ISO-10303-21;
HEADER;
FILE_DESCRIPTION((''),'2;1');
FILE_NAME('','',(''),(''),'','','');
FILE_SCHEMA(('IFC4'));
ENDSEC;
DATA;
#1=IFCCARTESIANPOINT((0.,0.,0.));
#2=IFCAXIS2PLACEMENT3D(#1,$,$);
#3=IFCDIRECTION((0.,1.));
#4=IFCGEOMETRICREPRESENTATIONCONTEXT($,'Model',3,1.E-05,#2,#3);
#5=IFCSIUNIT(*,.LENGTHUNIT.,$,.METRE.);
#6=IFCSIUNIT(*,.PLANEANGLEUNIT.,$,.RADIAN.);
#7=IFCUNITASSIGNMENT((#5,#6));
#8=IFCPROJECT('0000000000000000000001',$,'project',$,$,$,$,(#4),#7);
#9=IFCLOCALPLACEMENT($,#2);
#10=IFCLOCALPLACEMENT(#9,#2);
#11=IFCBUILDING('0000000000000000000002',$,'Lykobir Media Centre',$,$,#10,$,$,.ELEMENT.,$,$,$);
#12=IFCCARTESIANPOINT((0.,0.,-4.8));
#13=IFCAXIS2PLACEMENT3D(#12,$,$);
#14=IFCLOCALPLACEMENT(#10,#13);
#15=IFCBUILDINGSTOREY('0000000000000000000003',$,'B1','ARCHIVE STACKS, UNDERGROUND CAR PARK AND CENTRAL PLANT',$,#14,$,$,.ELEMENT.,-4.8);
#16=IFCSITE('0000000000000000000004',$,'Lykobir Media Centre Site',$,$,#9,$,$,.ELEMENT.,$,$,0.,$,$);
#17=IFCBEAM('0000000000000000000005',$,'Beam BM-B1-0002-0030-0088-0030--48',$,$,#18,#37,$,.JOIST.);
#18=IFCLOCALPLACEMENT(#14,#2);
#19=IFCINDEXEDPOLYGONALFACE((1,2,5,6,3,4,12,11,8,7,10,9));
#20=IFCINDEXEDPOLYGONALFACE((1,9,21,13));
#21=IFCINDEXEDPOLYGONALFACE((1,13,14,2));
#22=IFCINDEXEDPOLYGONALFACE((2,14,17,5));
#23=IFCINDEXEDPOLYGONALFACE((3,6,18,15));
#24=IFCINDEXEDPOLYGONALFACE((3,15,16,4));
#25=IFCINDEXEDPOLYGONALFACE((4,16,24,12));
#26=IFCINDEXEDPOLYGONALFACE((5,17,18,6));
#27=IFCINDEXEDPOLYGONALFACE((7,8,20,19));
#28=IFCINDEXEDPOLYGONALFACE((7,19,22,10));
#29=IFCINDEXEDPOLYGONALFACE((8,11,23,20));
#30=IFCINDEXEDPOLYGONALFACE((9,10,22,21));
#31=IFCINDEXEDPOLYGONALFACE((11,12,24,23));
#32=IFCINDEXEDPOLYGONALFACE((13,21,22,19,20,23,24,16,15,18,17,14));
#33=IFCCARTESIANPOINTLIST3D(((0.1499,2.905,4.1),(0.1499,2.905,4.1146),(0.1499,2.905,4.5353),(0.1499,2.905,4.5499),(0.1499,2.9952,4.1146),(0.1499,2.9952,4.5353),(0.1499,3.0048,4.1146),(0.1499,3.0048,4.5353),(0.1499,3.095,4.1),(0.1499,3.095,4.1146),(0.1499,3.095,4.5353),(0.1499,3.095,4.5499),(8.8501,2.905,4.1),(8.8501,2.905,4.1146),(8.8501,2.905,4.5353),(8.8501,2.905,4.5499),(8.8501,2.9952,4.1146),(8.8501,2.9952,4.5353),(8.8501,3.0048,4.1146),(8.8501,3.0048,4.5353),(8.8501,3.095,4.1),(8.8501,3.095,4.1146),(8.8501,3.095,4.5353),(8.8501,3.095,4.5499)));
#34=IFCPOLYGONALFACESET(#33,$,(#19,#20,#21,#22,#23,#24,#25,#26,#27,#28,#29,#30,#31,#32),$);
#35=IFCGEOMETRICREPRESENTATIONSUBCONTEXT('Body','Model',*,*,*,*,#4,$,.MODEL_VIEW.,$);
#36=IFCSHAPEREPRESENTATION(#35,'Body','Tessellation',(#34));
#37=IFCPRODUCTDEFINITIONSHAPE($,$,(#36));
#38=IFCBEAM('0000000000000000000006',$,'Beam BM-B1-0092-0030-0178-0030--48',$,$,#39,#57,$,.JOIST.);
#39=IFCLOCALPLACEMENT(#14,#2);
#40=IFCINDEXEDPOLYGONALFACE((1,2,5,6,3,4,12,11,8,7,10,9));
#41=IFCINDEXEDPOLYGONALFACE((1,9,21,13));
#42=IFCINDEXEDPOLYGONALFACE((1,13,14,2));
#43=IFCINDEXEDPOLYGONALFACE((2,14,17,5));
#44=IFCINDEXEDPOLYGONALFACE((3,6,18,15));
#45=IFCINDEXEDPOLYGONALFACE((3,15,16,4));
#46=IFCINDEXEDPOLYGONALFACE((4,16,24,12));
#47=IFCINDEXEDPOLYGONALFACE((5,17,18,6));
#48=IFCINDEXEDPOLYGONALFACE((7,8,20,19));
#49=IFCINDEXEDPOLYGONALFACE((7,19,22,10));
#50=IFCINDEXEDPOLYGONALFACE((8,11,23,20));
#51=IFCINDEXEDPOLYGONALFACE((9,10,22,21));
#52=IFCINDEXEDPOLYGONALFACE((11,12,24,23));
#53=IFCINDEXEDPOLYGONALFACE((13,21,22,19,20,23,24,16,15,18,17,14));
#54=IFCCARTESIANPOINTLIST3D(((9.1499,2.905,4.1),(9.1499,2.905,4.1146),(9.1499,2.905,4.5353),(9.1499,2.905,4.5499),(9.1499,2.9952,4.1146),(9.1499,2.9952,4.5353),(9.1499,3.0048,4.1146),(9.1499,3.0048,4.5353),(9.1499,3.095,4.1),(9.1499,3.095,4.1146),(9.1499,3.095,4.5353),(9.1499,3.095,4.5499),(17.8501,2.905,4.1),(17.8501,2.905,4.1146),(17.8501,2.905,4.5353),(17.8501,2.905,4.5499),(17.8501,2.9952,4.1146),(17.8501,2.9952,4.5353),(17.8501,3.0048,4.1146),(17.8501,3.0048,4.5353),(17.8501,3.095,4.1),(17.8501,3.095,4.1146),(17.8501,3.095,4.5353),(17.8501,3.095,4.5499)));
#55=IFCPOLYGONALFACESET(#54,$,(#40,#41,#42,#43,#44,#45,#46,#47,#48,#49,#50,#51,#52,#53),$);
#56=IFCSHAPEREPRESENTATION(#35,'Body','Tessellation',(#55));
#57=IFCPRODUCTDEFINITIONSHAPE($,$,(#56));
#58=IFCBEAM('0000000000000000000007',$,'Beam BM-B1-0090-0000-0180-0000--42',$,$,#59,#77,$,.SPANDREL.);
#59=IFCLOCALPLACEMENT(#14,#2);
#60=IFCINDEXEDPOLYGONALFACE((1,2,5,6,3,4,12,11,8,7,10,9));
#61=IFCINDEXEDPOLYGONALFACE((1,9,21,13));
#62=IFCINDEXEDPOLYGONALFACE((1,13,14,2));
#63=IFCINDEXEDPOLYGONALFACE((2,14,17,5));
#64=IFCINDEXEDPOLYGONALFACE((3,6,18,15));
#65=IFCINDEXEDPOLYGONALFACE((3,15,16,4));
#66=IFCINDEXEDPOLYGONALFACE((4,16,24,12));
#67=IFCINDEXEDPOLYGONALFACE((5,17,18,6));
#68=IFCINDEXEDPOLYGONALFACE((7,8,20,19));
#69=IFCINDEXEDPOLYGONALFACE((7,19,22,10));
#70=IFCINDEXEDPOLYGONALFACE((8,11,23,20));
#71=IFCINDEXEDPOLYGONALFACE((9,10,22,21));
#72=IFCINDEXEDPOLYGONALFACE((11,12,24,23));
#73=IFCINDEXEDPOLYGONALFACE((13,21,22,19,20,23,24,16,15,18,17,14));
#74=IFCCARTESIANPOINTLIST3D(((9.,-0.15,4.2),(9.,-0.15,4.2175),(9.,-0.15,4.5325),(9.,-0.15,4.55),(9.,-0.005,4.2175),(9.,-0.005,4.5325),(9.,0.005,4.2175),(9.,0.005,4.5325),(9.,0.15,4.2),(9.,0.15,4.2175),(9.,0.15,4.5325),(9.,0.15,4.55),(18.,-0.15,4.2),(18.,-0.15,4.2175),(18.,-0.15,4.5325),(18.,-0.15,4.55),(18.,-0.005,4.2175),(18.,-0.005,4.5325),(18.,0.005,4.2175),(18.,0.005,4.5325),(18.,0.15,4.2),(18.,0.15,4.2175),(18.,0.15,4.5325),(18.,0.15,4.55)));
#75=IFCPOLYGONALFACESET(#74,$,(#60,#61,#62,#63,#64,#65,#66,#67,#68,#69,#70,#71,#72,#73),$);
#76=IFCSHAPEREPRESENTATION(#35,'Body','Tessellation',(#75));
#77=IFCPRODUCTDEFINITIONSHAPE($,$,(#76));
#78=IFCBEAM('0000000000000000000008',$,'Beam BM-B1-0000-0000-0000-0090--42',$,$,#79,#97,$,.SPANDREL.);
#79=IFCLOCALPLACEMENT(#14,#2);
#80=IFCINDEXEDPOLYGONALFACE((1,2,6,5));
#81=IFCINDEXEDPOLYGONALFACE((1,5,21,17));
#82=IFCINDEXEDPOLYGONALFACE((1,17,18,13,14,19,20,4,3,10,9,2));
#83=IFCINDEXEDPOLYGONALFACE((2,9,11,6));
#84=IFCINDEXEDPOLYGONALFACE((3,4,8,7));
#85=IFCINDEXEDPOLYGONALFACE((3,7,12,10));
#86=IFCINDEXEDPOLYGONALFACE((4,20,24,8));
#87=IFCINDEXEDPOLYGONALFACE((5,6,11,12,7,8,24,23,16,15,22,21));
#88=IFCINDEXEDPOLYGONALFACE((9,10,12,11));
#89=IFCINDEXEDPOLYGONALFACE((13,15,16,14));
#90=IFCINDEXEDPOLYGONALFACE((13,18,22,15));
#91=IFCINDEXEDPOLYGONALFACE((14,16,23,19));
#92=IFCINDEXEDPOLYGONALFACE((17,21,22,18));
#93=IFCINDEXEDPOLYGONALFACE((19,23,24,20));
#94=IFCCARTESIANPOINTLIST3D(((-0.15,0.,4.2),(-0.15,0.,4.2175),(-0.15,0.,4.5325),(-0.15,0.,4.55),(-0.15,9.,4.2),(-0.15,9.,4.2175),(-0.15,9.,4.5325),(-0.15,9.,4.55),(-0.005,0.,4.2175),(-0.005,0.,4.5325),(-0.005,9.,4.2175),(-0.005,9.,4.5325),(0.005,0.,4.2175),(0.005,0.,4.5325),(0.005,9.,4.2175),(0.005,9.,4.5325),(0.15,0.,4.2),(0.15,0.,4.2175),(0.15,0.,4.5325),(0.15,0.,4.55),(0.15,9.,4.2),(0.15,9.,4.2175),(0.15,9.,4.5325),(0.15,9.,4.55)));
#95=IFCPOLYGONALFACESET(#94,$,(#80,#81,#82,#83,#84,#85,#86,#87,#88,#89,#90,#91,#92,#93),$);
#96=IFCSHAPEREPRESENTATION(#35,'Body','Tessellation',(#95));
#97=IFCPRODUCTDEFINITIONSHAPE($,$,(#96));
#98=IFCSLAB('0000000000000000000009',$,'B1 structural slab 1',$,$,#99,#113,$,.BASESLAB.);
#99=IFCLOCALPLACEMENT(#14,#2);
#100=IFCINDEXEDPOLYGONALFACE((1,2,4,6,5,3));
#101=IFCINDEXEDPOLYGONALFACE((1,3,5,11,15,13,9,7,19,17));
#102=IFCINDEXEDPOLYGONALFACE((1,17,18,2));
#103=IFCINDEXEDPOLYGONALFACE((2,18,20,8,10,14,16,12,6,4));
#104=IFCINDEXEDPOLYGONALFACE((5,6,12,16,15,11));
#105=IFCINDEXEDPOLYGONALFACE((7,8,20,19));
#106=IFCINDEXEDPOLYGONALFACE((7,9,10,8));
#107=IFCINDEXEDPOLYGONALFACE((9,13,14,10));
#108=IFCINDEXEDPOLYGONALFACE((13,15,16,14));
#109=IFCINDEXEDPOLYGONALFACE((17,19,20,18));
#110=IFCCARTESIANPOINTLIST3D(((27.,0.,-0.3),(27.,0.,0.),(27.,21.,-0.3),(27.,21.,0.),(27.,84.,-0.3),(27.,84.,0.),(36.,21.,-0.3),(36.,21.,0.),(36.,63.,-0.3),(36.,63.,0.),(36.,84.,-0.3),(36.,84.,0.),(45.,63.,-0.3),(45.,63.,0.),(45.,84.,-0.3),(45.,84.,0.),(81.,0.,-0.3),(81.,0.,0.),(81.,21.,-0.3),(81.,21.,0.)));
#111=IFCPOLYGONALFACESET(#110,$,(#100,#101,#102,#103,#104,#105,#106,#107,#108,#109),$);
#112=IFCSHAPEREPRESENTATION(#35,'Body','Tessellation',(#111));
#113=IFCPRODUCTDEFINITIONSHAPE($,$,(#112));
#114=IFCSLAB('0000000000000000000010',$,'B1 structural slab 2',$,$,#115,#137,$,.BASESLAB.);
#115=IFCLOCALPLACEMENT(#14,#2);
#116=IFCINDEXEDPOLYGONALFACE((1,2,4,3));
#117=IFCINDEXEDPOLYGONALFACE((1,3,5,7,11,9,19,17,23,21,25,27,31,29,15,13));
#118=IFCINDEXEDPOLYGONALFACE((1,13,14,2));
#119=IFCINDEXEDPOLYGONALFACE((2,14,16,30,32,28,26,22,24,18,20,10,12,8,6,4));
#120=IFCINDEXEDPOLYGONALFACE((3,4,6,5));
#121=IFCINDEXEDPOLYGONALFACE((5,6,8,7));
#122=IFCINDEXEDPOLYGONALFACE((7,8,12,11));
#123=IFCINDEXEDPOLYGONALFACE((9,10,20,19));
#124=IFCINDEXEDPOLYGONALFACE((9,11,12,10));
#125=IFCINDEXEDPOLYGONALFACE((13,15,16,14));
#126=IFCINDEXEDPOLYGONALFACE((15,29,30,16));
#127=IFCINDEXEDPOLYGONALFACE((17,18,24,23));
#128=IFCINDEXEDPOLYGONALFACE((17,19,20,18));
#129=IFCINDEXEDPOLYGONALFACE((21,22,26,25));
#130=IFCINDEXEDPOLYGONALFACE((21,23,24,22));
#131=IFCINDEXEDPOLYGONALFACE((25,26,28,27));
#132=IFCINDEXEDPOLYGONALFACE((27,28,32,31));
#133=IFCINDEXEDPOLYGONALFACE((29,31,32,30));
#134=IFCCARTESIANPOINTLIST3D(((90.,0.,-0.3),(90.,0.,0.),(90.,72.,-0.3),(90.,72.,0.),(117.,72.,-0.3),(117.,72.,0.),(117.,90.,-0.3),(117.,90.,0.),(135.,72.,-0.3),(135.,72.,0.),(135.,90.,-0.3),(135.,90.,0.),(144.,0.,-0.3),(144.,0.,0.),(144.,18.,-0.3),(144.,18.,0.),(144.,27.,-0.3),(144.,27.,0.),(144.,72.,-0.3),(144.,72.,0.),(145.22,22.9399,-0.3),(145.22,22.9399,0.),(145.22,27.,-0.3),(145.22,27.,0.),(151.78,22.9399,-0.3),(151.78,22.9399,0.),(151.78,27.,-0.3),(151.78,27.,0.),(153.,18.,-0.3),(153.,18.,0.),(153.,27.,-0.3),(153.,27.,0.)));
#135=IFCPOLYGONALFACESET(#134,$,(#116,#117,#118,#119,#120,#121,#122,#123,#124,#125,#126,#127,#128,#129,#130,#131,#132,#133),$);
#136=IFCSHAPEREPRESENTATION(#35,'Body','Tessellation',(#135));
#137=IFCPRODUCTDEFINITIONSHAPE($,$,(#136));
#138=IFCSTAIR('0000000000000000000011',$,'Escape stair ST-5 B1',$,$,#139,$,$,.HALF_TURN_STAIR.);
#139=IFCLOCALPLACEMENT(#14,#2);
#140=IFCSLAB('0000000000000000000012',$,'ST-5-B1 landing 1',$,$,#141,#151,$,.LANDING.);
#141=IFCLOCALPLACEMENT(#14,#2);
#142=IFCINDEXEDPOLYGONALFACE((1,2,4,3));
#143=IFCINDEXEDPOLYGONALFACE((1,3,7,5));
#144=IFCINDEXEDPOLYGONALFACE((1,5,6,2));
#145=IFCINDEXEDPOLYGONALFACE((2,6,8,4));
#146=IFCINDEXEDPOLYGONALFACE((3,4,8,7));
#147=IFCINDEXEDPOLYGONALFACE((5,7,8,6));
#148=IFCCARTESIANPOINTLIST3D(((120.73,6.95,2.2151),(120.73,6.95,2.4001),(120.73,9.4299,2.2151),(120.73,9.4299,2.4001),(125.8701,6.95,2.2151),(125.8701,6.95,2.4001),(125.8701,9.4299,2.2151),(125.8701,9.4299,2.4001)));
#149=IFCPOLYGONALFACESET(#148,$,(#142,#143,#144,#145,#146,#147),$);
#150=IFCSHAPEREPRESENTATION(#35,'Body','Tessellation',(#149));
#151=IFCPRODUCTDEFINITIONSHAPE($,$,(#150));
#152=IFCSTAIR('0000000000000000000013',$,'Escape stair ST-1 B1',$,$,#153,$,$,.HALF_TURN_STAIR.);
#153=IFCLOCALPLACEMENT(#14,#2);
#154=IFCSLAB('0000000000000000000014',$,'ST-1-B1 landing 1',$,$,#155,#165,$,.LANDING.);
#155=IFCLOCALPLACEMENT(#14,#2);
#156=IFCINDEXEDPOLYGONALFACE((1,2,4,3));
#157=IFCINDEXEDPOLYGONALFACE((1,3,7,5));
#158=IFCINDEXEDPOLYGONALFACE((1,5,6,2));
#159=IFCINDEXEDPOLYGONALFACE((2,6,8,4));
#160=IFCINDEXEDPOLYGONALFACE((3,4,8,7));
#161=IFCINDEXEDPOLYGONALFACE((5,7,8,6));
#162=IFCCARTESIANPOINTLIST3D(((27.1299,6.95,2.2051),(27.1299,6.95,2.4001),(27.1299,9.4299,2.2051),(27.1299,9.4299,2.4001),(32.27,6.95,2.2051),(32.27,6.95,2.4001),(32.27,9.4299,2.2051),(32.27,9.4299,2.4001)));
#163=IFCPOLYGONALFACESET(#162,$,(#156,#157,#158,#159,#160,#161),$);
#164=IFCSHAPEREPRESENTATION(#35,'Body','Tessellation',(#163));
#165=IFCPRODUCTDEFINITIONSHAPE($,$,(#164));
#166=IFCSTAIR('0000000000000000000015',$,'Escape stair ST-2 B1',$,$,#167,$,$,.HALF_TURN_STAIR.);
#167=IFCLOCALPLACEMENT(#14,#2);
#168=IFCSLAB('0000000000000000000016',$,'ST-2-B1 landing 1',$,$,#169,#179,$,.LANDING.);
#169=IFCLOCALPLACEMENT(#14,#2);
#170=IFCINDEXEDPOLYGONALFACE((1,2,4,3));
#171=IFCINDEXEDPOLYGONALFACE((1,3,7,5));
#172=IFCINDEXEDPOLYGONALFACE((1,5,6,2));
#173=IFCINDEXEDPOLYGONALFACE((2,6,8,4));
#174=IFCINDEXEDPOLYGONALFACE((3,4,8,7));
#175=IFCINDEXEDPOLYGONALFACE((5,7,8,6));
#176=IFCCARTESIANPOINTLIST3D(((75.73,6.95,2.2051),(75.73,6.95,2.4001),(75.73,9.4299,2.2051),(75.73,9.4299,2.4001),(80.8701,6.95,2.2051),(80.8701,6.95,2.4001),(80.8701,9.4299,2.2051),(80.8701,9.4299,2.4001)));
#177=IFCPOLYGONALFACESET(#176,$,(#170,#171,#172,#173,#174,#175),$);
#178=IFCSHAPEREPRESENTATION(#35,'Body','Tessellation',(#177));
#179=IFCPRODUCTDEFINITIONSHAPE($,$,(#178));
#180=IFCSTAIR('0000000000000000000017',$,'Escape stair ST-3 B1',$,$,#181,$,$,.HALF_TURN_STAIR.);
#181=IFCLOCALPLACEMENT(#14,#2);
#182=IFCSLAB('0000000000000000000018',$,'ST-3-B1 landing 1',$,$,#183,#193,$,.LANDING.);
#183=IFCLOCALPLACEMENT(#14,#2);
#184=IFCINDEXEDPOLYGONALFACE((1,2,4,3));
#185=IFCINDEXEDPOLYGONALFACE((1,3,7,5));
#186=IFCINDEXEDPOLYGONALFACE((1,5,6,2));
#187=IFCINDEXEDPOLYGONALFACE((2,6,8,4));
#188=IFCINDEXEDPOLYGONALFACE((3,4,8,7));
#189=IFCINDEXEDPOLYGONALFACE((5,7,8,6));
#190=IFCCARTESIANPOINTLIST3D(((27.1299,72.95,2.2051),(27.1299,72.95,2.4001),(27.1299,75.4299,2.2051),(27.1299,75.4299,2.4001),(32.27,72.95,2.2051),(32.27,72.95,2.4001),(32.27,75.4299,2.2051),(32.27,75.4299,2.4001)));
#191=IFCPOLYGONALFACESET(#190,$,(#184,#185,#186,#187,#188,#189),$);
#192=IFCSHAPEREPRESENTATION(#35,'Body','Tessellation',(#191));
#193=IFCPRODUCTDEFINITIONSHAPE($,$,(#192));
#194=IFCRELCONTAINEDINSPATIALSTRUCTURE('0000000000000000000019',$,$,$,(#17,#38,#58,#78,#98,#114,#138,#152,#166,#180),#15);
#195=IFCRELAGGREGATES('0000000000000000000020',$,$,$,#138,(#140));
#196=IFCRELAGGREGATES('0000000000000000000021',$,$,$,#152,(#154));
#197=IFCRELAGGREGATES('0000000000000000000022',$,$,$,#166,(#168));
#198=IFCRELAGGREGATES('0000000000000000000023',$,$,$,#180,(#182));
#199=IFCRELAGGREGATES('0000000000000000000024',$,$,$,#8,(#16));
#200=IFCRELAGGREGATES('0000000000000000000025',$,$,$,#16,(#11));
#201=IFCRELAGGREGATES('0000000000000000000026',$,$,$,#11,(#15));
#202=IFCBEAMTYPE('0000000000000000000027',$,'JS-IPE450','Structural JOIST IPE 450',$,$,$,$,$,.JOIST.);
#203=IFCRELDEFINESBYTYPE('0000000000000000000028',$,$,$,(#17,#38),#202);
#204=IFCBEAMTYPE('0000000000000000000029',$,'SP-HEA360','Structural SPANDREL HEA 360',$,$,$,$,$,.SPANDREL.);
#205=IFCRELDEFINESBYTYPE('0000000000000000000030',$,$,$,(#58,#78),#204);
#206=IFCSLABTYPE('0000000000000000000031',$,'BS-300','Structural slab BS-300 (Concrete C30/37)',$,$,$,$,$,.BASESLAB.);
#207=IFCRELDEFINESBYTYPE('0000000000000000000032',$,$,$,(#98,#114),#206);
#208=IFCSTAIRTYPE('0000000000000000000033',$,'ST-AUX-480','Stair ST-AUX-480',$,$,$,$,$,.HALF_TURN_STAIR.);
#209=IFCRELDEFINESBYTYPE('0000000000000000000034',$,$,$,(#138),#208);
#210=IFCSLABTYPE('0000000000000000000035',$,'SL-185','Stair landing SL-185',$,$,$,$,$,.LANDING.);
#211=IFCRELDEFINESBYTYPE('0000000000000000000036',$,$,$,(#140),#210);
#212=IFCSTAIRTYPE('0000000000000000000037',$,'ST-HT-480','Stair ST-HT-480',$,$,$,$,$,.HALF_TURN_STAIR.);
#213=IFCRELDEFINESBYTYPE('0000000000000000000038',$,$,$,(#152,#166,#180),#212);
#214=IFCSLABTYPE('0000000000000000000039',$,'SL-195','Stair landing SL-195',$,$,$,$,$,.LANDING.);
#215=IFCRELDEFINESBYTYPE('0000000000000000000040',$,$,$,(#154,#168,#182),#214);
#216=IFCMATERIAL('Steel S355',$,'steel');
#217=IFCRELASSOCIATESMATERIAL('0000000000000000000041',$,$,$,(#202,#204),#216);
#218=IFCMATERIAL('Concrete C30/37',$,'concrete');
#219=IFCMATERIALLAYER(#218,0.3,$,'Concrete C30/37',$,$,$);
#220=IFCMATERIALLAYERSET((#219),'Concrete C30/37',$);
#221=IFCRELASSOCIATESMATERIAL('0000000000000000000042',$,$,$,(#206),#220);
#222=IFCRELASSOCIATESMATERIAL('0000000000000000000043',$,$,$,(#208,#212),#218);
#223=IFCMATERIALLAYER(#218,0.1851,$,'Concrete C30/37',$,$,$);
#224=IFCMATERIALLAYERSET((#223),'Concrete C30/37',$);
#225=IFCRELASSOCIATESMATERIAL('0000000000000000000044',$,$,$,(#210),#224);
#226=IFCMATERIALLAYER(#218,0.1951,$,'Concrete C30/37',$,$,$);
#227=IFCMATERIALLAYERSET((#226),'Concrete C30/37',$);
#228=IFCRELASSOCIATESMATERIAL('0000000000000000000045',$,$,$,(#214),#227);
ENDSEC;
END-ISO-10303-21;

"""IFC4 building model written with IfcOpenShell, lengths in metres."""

from ifc_helpers import new_model, si_unit, direction, frame, origin, origin_2d, place, context, subcontext, project, spatial, polyline, i_section, outline, extrude, material, layer, layer_set, material_profile, profile_set, type_object, element, aggregate, save


model = new_model("IFC4")

# Units and contexts
model_context = context("Model", 3, precision=1e-05, world=origin(), true_north=direction((0.0, 1.0)))
body_context = subcontext(model_context, "Body", "Model", "MODEL_VIEW")
ifc_project = project(units=[si_unit("LENGTHUNIT", "METRE"), si_unit("PLANEANGLEUNIT", "RADIAN")], contexts=[model_context])

# Site, building, storey
site_placement = place(None, origin())
site = spatial("IfcSite", under=ifc_project, at=site_placement, Name="Lykobir Media Centre Site", CompositionType="ELEMENT", RefElevation=0.0)
building_placement = place(site_placement, origin())
building = spatial("IfcBuilding", under=site, at=building_placement, Name="Lykobir Media Centre", CompositionType="ELEMENT")
storey_placement = place(building_placement, frame((0.0, 0.0, -4.8)))
storey = spatial("IfcBuildingStorey", under=building, at=storey_placement, Name="B1", Description="ARCHIVE STACKS, UNDERGROUND CAR PARK AND CENTRAL PLANT", CompositionType="ELEMENT", Elevation=-4.8)

# Shared definitions
ifc_material_1 = material(Name="Concrete C30/37", Category="concrete")

# Beams
ifc_material_2 = material(Name="Steel S355", Category="steel")
ifc_material_profile_1 = material_profile(ifc_material_2, i_section(OverallWidth=0.1899, OverallDepth=0.45, WebThickness=0.0095, FlangeThickness=0.0146, at=origin_2d()), Name="IPE 450")
ifc_profile_set_1 = profile_set([ifc_material_profile_1], Name="Steel S355")
beam_type_1 = type_object("IfcBeamType", Name="JS-IPE450", Description="Structural JOIST IPE 450", PredefinedType="JOIST", material=ifc_profile_set_1)
for number, where, z_axis, x_axis, name in (
    (1, (0.1499, 3.0, 4.325), (1.0, 0.0, 0.0), (0.0, 1.0, 0.0), "Beam BM-B1-0002-0030-0088-0030--48"),
    (2, (9.1499, 3.0, 4.325), (1.0, 0.0, 0.0), (0.0, 1.0, 0.0), "Beam BM-B1-0092-0030-0178-0030--48"),
):
    element("IfcBeam", number, at=place(storey_placement, frame(where, z_axis=z_axis, x_axis=x_axis)), inside=storey, type_object=beam_type_1, Name=name, PredefinedType="JOIST", context=body_context, shape_type="SweptSolid", body=[
        extrude(i_section(OverallWidth=0.1899, OverallDepth=0.45, WebThickness=0.0095, FlangeThickness=0.0146, at=origin_2d()), origin(), (0.0, 0.0, 1.0), 8.7002),
    ])
ifc_material_profile_2 = material_profile(ifc_material_2, i_section(OverallWidth=0.3, OverallDepth=0.3501, WebThickness=0.01, FlangeThickness=0.0176, at=origin_2d()), Name="HEA 360")
ifc_profile_set_2 = profile_set([ifc_material_profile_2], Name="Steel S355")
beam_type_2 = type_object("IfcBeamType", Name="SP-HEA360", Description="Structural SPANDREL HEA 360", PredefinedType="SPANDREL", material=ifc_profile_set_2)
for number, where, z_axis, x_axis, name in (
    (3, (9.0, 0.0, 4.375), (1.0, 0.0, 0.0), (0.0, 1.0, 0.0), "Beam BM-B1-0090-0000-0180-0000--42"),
    (4, (0.0, 0.0, 4.375), (0.0, 1.0, 0.0), (-1.0, 0.0, 0.0), "Beam BM-B1-0000-0000-0000-0090--42"),
):
    element("IfcBeam", number, at=place(storey_placement, frame(where, z_axis=z_axis, x_axis=x_axis)), inside=storey, type_object=beam_type_2, Name=name, PredefinedType="SPANDREL", context=body_context, shape_type="SweptSolid", body=[
        extrude(i_section(OverallWidth=0.3, OverallDepth=0.3501, WebThickness=0.01, FlangeThickness=0.0176, at=origin_2d()), origin(), (0.0, 0.0, 1.0), 9.0),
    ])

# Slabs
ifc_layer_1 = layer(ifc_material_1, 0.3, Name="Concrete C30/37")
ifc_layer_set_1 = layer_set([ifc_layer_1], Name="Concrete C30/37")
slab_type_1 = type_object("IfcSlabType", Name="BS-300", Description="Structural slab BS-300 (Concrete C30/37)", PredefinedType="BASESLAB", material=ifc_layer_set_1)
slab_1_placement = place(storey_placement, frame((0.0, 0.0, -0.3)))
element("IfcSlab", 5, at=slab_1_placement, inside=storey, type_object=slab_type_1, Name="B1 structural slab 1", PredefinedType="BASESLAB", context=body_context, shape_type="SweptSolid", body=[
    extrude(outline(polyline([(36.0, 21.0), (36.0, 63.0), (45.0, 63.0), (45.0, 84.0), (36.0, 84.0), (27.0, 84.0), (27.0, 21.0), (27.0, 0.0), (81.0, 0.0), (81.0, 21.0), (36.0, 21.0)])), origin(), (0.0, 0.0, 1.0), 0.3),
])
slab_2_placement = place(storey_placement, frame((0.0, 0.0, -0.3)))
element("IfcSlab", 6, at=slab_2_placement, inside=storey, type_object=slab_type_1, Name="B1 structural slab 2", PredefinedType="BASESLAB", context=body_context, shape_type="SweptSolid", body=[
    extrude(outline(polyline([(144.0, 18.0), (153.0, 18.0), (153.0, 27.0), (151.78, 27.0), (151.78, 22.9399), (145.22, 22.9399), (145.22, 27.0), (144.0, 27.0), (144.0, 72.0), (135.0, 72.0), (135.0, 90.0), (117.0, 90.0), (117.0, 72.0), (90.0, 72.0), (90.0, 0.0), (144.0, 0.0), (144.0, 18.0)])), origin(), (0.0, 0.0, 1.0), 0.3),
])

# Stairs, slabs
stair_type_1 = type_object("IfcStairType", Name="ST-AUX-480", Description="Stair ST-AUX-480", PredefinedType="HALF_TURN_STAIR", material=ifc_material_1)
stair_1_placement = place(storey_placement, origin())
stair_1 = element("IfcStair", 7, at=stair_1_placement, inside=storey, type_object=stair_type_1, Name="Escape stair ST-5 B1", PredefinedType="HALF_TURN_STAIR")
ifc_layer_2 = layer(ifc_material_1, 0.1851, Name="Concrete C30/37")
ifc_layer_set_2 = layer_set([ifc_layer_2], Name="Concrete C30/37")
slab_type_2 = type_object("IfcSlabType", Name="SL-185", Description="Stair landing SL-185", PredefinedType="LANDING", material=ifc_layer_set_2)
slab_3_placement = place(storey_placement, frame((0.0, 0.0, 2.2151)))
slab_3 = element("IfcSlab", 8, at=slab_3_placement, type_object=slab_type_2, Name="ST-5-B1 landing 1", PredefinedType="LANDING", context=body_context, shape_type="SweptSolid", body=[
    extrude(outline(polyline([(120.73, 6.95), (125.8701, 6.95), (125.8701, 9.4299), (120.73, 9.4299), (120.73, 6.95)])), origin(), (0.0, 0.0, 1.0), 0.1851),
])
aggregate(stair_1, [slab_3])
stair_type_2 = type_object("IfcStairType", Name="ST-HT-480", Description="Stair ST-HT-480", PredefinedType="HALF_TURN_STAIR", material=ifc_material_1)
stair_2_placement = place(storey_placement, origin())
stair_2 = element("IfcStair", 9, at=stair_2_placement, inside=storey, type_object=stair_type_2, Name="Escape stair ST-1 B1", PredefinedType="HALF_TURN_STAIR")
ifc_layer_3 = layer(ifc_material_1, 0.1951, Name="Concrete C30/37")
ifc_layer_set_3 = layer_set([ifc_layer_3], Name="Concrete C30/37")
slab_type_3 = type_object("IfcSlabType", Name="SL-195", Description="Stair landing SL-195", PredefinedType="LANDING", material=ifc_layer_set_3)
slab_4_placement = place(storey_placement, frame((0.0, 0.0, 2.2051)))
slab_4 = element("IfcSlab", 10, at=slab_4_placement, type_object=slab_type_3, Name="ST-1-B1 landing 1", PredefinedType="LANDING", context=body_context, shape_type="SweptSolid", body=[
    extrude(outline(polyline([(27.1299, 6.95), (32.27, 6.95), (32.27, 9.4299), (27.1299, 9.4299), (27.1299, 6.95)])), origin(), (0.0, 0.0, 1.0), 0.1951),
])
aggregate(stair_2, [slab_4])
stair_3_placement = place(storey_placement, origin())
stair_3 = element("IfcStair", 11, at=stair_3_placement, inside=storey, type_object=stair_type_2, Name="Escape stair ST-2 B1", PredefinedType="HALF_TURN_STAIR")
slab_5_placement = place(storey_placement, frame((0.0, 0.0, 2.2051)))
slab_5 = element("IfcSlab", 12, at=slab_5_placement, type_object=slab_type_3, Name="ST-2-B1 landing 1", PredefinedType="LANDING", context=body_context, shape_type="SweptSolid", body=[
    extrude(outline(polyline([(75.73, 6.95), (80.8701, 6.95), (80.8701, 9.4299), (75.73, 9.4299), (75.73, 6.95)])), origin(), (0.0, 0.0, 1.0), 0.1951),
])
aggregate(stair_3, [slab_5])
stair_4_placement = place(storey_placement, origin())
stair_4 = element("IfcStair", 13, at=stair_4_placement, inside=storey, type_object=stair_type_2, Name="Escape stair ST-3 B1", PredefinedType="HALF_TURN_STAIR")
slab_6_placement = place(storey_placement, frame((0.0, 0.0, 2.2051)))
slab_6 = element("IfcSlab", 14, at=slab_6_placement, type_object=slab_type_3, Name="ST-3-B1 landing 1", PredefinedType="LANDING", context=body_context, shape_type="SweptSolid", body=[
    extrude(outline(polyline([(27.1299, 72.95), (32.27, 72.95), (32.27, 75.4299), (27.1299, 75.4299), (27.1299, 72.95)])), origin(), (0.0, 0.0, 1.0), 0.1951),
])
aggregate(stair_4, [slab_6])

save(model, "model.ifc")
